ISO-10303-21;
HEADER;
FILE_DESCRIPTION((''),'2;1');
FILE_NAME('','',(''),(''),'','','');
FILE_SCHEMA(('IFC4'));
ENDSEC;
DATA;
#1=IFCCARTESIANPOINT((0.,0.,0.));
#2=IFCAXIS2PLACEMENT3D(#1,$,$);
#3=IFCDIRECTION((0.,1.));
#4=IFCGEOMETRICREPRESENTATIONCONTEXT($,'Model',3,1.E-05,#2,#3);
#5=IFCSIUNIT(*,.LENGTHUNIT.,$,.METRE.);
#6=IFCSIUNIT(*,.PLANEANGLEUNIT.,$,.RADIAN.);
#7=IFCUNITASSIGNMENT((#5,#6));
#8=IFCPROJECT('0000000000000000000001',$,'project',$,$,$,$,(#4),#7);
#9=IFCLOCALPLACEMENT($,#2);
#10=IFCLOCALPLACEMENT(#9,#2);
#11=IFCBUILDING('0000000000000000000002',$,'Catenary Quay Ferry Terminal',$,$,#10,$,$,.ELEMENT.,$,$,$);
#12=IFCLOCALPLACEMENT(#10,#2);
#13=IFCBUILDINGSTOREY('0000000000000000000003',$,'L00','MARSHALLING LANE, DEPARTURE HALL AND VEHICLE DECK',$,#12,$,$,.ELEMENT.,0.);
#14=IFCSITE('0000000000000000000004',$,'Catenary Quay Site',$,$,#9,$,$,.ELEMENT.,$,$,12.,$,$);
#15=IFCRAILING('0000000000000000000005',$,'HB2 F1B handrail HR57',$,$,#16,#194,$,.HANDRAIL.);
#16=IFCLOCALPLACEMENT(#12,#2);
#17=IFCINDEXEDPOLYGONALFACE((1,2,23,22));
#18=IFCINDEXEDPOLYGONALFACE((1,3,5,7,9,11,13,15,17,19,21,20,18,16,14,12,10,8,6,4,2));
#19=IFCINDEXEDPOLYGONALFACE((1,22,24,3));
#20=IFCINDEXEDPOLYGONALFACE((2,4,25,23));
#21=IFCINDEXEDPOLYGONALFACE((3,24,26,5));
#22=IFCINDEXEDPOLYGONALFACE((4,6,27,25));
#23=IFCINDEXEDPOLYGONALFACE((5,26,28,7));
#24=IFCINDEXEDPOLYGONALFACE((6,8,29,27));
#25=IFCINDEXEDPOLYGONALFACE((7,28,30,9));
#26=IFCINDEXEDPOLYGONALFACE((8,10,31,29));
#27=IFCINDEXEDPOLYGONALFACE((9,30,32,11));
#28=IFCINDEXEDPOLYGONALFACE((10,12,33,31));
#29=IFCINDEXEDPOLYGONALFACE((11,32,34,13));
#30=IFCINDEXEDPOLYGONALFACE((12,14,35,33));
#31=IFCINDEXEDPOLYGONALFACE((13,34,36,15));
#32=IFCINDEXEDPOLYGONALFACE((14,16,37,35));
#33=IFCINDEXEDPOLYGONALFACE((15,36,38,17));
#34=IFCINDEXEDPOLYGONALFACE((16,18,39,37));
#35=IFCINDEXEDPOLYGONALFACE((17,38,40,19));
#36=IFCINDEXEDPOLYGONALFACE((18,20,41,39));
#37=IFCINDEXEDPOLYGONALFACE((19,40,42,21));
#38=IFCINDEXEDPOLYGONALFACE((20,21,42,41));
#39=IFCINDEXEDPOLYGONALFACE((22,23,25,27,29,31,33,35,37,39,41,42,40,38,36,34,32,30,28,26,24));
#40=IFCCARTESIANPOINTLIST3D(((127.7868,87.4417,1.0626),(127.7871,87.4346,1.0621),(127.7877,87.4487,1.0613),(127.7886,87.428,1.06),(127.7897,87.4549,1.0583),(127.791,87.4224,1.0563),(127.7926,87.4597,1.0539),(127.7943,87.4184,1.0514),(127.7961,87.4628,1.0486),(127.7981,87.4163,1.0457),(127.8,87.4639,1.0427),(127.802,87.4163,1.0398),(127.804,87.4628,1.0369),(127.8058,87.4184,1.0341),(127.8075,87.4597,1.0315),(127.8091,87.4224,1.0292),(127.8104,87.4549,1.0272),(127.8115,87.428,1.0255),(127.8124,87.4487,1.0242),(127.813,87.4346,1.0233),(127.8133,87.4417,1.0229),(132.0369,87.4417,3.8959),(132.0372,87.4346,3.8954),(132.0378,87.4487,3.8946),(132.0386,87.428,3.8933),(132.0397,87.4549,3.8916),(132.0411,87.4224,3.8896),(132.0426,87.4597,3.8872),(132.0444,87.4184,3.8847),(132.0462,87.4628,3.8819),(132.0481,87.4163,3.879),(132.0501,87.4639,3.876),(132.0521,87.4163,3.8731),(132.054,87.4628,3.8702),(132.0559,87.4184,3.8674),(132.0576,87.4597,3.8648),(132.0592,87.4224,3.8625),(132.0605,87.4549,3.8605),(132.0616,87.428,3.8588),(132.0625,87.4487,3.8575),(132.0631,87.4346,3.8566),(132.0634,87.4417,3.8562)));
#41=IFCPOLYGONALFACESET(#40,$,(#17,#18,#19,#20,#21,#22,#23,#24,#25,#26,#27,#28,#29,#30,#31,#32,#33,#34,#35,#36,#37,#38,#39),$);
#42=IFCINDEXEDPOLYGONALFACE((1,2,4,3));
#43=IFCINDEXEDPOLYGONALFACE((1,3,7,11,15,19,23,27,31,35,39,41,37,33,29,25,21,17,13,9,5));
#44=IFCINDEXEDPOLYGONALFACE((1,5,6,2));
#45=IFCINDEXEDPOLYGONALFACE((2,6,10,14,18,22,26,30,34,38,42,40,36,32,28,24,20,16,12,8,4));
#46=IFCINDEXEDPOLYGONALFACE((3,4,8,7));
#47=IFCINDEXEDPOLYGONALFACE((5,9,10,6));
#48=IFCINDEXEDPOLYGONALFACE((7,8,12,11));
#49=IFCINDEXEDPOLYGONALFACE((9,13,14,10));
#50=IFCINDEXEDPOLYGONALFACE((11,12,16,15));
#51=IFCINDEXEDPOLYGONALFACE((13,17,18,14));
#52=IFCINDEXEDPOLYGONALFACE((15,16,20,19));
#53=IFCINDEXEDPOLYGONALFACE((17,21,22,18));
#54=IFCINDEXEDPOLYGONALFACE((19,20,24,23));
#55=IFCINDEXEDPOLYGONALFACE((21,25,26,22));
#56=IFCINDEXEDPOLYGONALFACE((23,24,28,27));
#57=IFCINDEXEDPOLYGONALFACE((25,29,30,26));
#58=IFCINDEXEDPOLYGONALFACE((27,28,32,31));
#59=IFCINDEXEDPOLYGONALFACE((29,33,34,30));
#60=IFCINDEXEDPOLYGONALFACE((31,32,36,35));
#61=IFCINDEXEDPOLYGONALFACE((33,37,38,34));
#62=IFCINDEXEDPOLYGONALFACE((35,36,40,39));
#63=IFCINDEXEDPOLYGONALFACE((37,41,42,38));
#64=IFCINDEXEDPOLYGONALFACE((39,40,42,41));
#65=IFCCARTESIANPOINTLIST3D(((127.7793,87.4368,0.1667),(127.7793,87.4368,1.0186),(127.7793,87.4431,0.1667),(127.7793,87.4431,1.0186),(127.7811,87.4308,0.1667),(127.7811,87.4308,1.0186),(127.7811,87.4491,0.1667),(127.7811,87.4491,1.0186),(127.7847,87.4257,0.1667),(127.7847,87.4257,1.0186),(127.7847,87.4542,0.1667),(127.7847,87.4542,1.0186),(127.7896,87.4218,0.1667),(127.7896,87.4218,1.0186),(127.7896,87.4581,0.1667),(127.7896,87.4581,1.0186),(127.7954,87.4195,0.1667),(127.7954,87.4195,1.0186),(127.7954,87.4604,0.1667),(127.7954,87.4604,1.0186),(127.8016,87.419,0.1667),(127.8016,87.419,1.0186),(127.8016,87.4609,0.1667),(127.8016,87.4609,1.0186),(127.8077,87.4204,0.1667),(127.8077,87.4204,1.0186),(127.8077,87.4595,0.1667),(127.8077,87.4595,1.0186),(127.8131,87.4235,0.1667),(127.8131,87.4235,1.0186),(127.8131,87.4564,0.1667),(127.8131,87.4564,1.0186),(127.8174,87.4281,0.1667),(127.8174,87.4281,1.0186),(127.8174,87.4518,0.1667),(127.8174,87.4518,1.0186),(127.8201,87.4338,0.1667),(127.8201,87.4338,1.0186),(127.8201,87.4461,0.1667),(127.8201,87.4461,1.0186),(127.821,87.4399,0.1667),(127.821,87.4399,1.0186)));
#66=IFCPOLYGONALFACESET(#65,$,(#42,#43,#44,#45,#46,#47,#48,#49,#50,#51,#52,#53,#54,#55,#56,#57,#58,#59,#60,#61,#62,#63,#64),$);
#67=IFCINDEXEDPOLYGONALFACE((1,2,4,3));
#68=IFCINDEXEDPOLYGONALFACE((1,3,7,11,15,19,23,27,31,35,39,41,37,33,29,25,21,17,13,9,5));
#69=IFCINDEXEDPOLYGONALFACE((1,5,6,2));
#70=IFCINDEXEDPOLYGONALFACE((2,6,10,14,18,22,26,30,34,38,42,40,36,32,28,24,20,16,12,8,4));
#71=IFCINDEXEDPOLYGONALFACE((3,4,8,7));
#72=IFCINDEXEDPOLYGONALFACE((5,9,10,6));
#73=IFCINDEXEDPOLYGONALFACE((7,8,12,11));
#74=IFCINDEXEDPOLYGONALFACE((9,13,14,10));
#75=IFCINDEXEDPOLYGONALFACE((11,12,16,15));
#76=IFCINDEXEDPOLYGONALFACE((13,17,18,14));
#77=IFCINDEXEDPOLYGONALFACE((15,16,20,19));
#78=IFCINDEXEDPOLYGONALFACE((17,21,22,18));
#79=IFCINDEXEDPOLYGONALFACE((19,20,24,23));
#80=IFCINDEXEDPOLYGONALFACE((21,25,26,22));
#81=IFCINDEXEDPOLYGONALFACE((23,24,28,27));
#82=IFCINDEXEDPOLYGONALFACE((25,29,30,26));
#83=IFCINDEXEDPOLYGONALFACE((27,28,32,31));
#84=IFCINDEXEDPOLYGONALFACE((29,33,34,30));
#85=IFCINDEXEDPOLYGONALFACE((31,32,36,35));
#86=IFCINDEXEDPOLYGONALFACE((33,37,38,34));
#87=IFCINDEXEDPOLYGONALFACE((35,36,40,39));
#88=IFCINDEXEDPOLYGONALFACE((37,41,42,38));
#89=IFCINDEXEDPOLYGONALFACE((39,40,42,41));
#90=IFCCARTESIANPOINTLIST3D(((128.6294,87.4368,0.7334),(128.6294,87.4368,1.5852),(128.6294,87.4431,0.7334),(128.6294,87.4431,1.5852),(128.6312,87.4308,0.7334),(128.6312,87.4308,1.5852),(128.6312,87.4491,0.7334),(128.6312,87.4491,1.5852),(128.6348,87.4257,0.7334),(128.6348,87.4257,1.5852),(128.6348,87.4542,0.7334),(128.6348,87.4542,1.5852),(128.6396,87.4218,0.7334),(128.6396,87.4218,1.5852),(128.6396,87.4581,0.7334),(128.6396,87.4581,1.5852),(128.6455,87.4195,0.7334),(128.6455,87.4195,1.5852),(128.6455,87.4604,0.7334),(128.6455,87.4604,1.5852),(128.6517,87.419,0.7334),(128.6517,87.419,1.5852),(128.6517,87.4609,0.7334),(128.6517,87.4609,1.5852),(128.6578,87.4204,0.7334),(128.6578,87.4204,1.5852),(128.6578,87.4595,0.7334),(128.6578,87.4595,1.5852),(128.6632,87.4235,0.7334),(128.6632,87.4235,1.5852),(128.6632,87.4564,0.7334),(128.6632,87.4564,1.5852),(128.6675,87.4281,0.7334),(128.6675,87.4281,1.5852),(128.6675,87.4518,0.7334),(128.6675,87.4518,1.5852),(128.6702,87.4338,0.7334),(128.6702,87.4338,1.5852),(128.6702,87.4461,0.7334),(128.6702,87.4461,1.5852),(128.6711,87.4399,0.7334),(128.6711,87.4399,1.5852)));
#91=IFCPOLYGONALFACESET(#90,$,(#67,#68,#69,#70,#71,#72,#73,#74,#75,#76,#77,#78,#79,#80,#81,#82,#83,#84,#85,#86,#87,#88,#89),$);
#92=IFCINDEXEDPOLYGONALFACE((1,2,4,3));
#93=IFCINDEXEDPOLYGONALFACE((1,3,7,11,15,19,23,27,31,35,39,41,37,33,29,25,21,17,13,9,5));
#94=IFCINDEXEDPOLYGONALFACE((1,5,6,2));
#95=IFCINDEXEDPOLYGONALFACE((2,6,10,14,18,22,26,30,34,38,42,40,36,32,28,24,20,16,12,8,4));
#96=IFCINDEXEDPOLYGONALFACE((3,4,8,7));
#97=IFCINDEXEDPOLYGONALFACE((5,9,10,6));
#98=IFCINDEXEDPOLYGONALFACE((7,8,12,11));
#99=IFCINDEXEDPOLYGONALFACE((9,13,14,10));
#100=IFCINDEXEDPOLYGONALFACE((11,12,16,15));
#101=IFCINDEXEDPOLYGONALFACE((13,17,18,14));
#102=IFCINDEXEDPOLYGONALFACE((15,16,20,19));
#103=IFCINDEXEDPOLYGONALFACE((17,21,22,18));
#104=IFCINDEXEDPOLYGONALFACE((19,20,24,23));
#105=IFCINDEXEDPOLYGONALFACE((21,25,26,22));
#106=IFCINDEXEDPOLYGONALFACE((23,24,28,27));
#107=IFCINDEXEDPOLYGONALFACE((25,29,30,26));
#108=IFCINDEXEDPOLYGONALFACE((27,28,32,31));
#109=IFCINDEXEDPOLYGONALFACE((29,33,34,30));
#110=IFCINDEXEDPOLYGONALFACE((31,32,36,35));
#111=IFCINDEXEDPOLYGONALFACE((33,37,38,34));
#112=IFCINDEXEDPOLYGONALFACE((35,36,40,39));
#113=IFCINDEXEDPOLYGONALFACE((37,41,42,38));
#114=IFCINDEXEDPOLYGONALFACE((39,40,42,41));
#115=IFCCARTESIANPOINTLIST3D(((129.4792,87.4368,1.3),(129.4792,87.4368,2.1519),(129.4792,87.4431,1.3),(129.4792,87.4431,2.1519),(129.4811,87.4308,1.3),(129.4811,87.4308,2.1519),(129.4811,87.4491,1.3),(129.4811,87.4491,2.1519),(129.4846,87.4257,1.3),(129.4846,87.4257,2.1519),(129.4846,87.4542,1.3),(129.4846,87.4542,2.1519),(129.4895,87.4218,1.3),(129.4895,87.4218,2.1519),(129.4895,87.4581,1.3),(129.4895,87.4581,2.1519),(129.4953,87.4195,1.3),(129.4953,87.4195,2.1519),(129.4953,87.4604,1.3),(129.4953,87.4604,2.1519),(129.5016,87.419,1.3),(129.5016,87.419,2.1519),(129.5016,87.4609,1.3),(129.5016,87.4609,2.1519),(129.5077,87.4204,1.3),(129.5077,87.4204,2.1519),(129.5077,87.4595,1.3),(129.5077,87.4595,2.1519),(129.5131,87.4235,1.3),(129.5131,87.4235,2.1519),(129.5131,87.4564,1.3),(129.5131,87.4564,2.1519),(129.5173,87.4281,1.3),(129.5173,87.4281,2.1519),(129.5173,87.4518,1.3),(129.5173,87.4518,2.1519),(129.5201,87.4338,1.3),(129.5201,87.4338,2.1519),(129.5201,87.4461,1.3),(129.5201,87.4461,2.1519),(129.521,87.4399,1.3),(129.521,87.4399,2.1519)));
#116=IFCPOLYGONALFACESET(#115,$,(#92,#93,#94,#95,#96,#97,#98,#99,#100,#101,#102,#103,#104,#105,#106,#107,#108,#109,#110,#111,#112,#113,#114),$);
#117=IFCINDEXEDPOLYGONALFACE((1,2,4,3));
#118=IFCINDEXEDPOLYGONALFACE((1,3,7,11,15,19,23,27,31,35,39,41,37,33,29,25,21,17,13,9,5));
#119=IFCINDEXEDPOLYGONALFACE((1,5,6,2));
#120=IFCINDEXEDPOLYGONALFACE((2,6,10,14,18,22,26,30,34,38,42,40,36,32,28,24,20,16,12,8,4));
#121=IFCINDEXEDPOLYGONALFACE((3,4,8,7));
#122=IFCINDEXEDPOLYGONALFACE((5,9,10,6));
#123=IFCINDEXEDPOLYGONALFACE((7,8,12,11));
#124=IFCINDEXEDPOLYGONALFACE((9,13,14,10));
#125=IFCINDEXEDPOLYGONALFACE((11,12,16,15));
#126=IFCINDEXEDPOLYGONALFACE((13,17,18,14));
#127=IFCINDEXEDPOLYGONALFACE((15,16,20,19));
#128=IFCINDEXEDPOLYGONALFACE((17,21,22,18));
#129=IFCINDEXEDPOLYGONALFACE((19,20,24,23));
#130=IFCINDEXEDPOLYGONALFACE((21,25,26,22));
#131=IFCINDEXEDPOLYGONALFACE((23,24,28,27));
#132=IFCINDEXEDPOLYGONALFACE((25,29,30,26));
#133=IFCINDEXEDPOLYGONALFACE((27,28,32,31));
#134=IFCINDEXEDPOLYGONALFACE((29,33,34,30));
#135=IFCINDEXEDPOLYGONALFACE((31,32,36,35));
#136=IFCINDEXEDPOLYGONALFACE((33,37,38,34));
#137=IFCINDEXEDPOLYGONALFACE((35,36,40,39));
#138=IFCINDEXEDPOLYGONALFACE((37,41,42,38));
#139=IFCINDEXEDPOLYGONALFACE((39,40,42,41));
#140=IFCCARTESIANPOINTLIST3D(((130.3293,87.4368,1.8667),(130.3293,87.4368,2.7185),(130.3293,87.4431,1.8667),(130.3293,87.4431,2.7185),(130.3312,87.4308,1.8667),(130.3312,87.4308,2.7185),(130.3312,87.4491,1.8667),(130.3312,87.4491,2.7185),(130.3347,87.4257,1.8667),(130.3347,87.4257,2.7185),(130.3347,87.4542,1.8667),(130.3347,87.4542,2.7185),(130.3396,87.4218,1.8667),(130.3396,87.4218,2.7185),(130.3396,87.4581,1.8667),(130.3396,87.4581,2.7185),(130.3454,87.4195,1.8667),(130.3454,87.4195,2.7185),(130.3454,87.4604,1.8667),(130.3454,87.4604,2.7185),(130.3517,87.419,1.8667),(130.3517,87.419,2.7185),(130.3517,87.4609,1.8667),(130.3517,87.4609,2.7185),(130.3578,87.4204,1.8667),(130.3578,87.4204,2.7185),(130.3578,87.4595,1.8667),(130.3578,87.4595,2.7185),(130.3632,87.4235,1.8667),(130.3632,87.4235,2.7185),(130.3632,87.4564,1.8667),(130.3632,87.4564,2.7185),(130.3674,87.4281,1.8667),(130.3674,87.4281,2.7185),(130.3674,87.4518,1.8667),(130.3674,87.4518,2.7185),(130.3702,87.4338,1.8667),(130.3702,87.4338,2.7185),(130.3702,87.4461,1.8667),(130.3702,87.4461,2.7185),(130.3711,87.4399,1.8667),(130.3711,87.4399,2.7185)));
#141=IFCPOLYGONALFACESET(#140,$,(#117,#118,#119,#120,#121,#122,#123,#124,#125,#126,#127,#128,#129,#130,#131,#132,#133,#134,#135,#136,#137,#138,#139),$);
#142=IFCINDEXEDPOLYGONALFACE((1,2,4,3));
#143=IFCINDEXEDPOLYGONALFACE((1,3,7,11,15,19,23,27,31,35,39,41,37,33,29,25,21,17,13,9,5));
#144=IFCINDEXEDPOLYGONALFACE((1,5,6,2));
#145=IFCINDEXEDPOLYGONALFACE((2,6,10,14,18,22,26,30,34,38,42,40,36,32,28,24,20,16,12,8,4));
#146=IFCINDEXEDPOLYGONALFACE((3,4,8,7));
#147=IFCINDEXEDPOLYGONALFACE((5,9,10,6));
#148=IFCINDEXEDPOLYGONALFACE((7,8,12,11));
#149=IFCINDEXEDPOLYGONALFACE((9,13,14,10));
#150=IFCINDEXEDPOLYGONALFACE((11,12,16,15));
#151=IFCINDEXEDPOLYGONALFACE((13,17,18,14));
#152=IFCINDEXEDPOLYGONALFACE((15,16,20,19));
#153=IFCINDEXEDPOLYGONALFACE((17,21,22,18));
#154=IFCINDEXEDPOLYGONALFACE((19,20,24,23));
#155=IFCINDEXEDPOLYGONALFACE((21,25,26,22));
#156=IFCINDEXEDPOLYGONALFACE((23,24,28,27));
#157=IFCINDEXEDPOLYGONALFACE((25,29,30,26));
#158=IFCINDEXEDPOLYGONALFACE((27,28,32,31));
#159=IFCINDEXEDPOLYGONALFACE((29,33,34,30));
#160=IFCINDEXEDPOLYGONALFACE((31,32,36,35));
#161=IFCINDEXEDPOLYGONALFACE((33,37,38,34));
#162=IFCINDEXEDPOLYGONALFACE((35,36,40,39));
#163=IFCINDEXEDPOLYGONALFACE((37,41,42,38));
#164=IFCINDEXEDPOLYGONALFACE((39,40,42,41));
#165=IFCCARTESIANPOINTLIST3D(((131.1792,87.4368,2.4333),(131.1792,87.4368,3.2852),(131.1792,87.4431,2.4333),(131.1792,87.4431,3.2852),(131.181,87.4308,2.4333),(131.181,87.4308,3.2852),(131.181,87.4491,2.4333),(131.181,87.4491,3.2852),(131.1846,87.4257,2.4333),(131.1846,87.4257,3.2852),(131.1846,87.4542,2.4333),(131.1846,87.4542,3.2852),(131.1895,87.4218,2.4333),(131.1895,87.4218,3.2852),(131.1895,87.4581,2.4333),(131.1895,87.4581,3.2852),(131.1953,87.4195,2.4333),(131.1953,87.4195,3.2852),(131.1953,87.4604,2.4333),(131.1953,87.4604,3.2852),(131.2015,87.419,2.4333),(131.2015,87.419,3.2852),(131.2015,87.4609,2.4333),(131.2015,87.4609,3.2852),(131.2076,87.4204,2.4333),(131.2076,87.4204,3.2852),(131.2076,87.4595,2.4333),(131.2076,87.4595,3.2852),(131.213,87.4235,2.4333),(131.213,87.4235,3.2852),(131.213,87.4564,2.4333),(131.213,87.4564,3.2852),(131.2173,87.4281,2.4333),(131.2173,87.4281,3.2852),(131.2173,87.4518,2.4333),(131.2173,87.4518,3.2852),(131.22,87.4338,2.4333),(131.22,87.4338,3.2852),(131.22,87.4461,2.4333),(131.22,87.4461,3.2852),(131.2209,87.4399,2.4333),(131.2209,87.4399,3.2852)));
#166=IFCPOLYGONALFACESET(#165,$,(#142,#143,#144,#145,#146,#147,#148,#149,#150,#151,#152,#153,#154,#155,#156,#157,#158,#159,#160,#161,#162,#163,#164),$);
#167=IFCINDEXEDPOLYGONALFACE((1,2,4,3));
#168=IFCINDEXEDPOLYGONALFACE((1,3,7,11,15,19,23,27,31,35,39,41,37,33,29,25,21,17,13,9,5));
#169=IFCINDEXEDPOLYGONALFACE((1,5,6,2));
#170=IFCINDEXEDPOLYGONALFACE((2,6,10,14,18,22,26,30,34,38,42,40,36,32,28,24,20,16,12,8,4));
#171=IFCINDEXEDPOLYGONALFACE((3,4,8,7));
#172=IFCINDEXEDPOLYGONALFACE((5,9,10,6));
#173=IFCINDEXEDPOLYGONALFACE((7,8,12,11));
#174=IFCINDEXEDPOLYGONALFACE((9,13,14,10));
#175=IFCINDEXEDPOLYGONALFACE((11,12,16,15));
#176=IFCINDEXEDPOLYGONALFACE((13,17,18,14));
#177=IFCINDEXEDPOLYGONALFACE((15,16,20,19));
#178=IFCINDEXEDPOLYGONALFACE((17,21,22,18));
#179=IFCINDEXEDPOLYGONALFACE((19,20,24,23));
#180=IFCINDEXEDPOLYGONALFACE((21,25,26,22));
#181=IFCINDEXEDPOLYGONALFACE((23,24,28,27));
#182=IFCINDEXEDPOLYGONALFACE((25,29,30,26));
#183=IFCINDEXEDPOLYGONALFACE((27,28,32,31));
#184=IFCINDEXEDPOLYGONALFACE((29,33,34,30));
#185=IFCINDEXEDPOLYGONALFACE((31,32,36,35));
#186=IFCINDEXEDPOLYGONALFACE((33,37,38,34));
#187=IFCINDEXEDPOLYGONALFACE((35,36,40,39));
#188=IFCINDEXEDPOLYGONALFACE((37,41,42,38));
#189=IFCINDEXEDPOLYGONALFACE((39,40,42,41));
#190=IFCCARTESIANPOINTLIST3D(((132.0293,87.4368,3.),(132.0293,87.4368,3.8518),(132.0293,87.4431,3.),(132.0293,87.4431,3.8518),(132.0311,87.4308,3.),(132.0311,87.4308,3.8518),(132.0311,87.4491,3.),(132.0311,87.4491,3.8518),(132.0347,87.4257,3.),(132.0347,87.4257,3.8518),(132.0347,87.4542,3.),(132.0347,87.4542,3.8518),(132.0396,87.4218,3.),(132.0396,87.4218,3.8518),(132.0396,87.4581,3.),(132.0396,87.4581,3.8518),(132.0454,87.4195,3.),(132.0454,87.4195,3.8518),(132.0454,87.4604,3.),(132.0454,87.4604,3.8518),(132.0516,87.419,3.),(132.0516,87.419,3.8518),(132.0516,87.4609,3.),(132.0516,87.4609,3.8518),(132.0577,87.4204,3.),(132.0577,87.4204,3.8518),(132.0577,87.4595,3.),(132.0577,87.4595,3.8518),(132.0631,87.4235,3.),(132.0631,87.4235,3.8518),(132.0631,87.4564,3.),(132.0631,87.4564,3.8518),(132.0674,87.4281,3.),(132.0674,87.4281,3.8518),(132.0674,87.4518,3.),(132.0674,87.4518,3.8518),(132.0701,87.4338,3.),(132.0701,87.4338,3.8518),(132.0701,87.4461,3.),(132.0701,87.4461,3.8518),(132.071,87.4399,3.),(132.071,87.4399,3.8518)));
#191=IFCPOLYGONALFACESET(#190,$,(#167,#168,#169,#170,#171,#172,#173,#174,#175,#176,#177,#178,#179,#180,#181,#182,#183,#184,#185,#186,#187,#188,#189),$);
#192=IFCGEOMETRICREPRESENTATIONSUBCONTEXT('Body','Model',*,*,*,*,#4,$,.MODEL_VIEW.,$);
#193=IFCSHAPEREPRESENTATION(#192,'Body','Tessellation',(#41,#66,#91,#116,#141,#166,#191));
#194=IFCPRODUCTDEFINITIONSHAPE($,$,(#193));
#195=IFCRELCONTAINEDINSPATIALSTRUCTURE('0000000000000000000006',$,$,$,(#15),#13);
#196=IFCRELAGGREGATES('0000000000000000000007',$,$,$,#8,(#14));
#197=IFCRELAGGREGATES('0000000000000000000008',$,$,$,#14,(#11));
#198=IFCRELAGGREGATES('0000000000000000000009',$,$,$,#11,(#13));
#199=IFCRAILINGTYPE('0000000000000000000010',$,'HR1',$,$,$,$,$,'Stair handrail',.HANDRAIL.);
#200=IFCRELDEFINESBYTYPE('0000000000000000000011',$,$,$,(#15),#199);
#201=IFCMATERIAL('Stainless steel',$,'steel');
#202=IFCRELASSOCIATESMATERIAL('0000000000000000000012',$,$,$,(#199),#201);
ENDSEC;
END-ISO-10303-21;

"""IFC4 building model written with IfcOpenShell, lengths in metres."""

from ifc_helpers import new_model, si_unit, direction, frame, origin, origin_2d, place, context, subcontext, project, spatial, circle, extrude, material, type_object, element, save


model = new_model("IFC4")

# Units and contexts
model_context = context("Model", 3, precision=1e-05, world=origin(), true_north=direction((0.0, 1.0)))
body_context = subcontext(model_context, "Body", "Model", "MODEL_VIEW")
ifc_project = project(units=[si_unit("LENGTHUNIT", "METRE"), si_unit("PLANEANGLEUNIT", "RADIAN")], contexts=[model_context])

# Site, building, storey
site_placement = place(None, origin())
site = spatial("IfcSite", under=ifc_project, at=site_placement, Name="Catenary Quay Site", CompositionType="ELEMENT", RefElevation=12.0)
building_placement = place(site_placement, origin())
building = spatial("IfcBuilding", under=site, at=building_placement, Name="Catenary Quay Ferry Terminal", CompositionType="ELEMENT")
storey_placement = place(building_placement, origin())
storey = spatial("IfcBuildingStorey", under=building, at=storey_placement, Name="L00", Description="MARSHALLING LANE, DEPARTURE HALL AND VEHICLE DECK", CompositionType="ELEMENT", Elevation=0.0)

# Railing
ifc_material_1 = material(Name="Stainless steel", Category="steel")
railing_type_1 = type_object("IfcRailingType", Name="HR1", ElementType="Stair handrail", PredefinedType="HANDRAIL", material=ifc_material_1)
for number, where, name in (
    (1, (127.8, 87.4399, 0.1667), "HB2 F1B handrail HR57"),
):
    element("IfcRailing", number, at=place(storey_placement, frame(where)), inside=storey, type_object=railing_type_1, Name=name, PredefinedType="HANDRAIL", context=body_context, shape_type="SweptSolid", body=[
        extrude(circle(Radius=0.0239, at=origin_2d()), frame((0.0, 0.0, 0.876), z_axis=(0.832058, 0.0, 0.554689), x_axis=(0.0, 1.0, 0.0)), (0.0, 0.0, 1.0), 5.1079),
        extrude(circle(Radius=0.021, at=origin_2d()), origin(), (0.0, 0.0, 1.0), 0.8518),
        extrude(circle(Radius=0.021, at=origin_2d()), frame((0.8501, 0.0, 0.5667)), (0.0, 0.0, 1.0), 0.8518),
        extrude(circle(Radius=0.021, at=origin_2d()), frame((1.7, 0.0, 1.1333)), (0.0, 0.0, 1.0), 0.8518),
        extrude(circle(Radius=0.021, at=origin_2d()), frame((2.55, 0.0, 1.7)), (0.0, 0.0, 1.0), 0.8518),
        extrude(circle(Radius=0.021, at=origin_2d()), frame((3.3999, 0.0, 2.2666)), (0.0, 0.0, 1.0), 0.8518),
        extrude(circle(Radius=0.021, at=origin_2d()), frame((4.25, 0.0, 2.8333)), (0.0, 0.0, 1.0), 0.8518),
    ])

save(model, "model.ifc")
